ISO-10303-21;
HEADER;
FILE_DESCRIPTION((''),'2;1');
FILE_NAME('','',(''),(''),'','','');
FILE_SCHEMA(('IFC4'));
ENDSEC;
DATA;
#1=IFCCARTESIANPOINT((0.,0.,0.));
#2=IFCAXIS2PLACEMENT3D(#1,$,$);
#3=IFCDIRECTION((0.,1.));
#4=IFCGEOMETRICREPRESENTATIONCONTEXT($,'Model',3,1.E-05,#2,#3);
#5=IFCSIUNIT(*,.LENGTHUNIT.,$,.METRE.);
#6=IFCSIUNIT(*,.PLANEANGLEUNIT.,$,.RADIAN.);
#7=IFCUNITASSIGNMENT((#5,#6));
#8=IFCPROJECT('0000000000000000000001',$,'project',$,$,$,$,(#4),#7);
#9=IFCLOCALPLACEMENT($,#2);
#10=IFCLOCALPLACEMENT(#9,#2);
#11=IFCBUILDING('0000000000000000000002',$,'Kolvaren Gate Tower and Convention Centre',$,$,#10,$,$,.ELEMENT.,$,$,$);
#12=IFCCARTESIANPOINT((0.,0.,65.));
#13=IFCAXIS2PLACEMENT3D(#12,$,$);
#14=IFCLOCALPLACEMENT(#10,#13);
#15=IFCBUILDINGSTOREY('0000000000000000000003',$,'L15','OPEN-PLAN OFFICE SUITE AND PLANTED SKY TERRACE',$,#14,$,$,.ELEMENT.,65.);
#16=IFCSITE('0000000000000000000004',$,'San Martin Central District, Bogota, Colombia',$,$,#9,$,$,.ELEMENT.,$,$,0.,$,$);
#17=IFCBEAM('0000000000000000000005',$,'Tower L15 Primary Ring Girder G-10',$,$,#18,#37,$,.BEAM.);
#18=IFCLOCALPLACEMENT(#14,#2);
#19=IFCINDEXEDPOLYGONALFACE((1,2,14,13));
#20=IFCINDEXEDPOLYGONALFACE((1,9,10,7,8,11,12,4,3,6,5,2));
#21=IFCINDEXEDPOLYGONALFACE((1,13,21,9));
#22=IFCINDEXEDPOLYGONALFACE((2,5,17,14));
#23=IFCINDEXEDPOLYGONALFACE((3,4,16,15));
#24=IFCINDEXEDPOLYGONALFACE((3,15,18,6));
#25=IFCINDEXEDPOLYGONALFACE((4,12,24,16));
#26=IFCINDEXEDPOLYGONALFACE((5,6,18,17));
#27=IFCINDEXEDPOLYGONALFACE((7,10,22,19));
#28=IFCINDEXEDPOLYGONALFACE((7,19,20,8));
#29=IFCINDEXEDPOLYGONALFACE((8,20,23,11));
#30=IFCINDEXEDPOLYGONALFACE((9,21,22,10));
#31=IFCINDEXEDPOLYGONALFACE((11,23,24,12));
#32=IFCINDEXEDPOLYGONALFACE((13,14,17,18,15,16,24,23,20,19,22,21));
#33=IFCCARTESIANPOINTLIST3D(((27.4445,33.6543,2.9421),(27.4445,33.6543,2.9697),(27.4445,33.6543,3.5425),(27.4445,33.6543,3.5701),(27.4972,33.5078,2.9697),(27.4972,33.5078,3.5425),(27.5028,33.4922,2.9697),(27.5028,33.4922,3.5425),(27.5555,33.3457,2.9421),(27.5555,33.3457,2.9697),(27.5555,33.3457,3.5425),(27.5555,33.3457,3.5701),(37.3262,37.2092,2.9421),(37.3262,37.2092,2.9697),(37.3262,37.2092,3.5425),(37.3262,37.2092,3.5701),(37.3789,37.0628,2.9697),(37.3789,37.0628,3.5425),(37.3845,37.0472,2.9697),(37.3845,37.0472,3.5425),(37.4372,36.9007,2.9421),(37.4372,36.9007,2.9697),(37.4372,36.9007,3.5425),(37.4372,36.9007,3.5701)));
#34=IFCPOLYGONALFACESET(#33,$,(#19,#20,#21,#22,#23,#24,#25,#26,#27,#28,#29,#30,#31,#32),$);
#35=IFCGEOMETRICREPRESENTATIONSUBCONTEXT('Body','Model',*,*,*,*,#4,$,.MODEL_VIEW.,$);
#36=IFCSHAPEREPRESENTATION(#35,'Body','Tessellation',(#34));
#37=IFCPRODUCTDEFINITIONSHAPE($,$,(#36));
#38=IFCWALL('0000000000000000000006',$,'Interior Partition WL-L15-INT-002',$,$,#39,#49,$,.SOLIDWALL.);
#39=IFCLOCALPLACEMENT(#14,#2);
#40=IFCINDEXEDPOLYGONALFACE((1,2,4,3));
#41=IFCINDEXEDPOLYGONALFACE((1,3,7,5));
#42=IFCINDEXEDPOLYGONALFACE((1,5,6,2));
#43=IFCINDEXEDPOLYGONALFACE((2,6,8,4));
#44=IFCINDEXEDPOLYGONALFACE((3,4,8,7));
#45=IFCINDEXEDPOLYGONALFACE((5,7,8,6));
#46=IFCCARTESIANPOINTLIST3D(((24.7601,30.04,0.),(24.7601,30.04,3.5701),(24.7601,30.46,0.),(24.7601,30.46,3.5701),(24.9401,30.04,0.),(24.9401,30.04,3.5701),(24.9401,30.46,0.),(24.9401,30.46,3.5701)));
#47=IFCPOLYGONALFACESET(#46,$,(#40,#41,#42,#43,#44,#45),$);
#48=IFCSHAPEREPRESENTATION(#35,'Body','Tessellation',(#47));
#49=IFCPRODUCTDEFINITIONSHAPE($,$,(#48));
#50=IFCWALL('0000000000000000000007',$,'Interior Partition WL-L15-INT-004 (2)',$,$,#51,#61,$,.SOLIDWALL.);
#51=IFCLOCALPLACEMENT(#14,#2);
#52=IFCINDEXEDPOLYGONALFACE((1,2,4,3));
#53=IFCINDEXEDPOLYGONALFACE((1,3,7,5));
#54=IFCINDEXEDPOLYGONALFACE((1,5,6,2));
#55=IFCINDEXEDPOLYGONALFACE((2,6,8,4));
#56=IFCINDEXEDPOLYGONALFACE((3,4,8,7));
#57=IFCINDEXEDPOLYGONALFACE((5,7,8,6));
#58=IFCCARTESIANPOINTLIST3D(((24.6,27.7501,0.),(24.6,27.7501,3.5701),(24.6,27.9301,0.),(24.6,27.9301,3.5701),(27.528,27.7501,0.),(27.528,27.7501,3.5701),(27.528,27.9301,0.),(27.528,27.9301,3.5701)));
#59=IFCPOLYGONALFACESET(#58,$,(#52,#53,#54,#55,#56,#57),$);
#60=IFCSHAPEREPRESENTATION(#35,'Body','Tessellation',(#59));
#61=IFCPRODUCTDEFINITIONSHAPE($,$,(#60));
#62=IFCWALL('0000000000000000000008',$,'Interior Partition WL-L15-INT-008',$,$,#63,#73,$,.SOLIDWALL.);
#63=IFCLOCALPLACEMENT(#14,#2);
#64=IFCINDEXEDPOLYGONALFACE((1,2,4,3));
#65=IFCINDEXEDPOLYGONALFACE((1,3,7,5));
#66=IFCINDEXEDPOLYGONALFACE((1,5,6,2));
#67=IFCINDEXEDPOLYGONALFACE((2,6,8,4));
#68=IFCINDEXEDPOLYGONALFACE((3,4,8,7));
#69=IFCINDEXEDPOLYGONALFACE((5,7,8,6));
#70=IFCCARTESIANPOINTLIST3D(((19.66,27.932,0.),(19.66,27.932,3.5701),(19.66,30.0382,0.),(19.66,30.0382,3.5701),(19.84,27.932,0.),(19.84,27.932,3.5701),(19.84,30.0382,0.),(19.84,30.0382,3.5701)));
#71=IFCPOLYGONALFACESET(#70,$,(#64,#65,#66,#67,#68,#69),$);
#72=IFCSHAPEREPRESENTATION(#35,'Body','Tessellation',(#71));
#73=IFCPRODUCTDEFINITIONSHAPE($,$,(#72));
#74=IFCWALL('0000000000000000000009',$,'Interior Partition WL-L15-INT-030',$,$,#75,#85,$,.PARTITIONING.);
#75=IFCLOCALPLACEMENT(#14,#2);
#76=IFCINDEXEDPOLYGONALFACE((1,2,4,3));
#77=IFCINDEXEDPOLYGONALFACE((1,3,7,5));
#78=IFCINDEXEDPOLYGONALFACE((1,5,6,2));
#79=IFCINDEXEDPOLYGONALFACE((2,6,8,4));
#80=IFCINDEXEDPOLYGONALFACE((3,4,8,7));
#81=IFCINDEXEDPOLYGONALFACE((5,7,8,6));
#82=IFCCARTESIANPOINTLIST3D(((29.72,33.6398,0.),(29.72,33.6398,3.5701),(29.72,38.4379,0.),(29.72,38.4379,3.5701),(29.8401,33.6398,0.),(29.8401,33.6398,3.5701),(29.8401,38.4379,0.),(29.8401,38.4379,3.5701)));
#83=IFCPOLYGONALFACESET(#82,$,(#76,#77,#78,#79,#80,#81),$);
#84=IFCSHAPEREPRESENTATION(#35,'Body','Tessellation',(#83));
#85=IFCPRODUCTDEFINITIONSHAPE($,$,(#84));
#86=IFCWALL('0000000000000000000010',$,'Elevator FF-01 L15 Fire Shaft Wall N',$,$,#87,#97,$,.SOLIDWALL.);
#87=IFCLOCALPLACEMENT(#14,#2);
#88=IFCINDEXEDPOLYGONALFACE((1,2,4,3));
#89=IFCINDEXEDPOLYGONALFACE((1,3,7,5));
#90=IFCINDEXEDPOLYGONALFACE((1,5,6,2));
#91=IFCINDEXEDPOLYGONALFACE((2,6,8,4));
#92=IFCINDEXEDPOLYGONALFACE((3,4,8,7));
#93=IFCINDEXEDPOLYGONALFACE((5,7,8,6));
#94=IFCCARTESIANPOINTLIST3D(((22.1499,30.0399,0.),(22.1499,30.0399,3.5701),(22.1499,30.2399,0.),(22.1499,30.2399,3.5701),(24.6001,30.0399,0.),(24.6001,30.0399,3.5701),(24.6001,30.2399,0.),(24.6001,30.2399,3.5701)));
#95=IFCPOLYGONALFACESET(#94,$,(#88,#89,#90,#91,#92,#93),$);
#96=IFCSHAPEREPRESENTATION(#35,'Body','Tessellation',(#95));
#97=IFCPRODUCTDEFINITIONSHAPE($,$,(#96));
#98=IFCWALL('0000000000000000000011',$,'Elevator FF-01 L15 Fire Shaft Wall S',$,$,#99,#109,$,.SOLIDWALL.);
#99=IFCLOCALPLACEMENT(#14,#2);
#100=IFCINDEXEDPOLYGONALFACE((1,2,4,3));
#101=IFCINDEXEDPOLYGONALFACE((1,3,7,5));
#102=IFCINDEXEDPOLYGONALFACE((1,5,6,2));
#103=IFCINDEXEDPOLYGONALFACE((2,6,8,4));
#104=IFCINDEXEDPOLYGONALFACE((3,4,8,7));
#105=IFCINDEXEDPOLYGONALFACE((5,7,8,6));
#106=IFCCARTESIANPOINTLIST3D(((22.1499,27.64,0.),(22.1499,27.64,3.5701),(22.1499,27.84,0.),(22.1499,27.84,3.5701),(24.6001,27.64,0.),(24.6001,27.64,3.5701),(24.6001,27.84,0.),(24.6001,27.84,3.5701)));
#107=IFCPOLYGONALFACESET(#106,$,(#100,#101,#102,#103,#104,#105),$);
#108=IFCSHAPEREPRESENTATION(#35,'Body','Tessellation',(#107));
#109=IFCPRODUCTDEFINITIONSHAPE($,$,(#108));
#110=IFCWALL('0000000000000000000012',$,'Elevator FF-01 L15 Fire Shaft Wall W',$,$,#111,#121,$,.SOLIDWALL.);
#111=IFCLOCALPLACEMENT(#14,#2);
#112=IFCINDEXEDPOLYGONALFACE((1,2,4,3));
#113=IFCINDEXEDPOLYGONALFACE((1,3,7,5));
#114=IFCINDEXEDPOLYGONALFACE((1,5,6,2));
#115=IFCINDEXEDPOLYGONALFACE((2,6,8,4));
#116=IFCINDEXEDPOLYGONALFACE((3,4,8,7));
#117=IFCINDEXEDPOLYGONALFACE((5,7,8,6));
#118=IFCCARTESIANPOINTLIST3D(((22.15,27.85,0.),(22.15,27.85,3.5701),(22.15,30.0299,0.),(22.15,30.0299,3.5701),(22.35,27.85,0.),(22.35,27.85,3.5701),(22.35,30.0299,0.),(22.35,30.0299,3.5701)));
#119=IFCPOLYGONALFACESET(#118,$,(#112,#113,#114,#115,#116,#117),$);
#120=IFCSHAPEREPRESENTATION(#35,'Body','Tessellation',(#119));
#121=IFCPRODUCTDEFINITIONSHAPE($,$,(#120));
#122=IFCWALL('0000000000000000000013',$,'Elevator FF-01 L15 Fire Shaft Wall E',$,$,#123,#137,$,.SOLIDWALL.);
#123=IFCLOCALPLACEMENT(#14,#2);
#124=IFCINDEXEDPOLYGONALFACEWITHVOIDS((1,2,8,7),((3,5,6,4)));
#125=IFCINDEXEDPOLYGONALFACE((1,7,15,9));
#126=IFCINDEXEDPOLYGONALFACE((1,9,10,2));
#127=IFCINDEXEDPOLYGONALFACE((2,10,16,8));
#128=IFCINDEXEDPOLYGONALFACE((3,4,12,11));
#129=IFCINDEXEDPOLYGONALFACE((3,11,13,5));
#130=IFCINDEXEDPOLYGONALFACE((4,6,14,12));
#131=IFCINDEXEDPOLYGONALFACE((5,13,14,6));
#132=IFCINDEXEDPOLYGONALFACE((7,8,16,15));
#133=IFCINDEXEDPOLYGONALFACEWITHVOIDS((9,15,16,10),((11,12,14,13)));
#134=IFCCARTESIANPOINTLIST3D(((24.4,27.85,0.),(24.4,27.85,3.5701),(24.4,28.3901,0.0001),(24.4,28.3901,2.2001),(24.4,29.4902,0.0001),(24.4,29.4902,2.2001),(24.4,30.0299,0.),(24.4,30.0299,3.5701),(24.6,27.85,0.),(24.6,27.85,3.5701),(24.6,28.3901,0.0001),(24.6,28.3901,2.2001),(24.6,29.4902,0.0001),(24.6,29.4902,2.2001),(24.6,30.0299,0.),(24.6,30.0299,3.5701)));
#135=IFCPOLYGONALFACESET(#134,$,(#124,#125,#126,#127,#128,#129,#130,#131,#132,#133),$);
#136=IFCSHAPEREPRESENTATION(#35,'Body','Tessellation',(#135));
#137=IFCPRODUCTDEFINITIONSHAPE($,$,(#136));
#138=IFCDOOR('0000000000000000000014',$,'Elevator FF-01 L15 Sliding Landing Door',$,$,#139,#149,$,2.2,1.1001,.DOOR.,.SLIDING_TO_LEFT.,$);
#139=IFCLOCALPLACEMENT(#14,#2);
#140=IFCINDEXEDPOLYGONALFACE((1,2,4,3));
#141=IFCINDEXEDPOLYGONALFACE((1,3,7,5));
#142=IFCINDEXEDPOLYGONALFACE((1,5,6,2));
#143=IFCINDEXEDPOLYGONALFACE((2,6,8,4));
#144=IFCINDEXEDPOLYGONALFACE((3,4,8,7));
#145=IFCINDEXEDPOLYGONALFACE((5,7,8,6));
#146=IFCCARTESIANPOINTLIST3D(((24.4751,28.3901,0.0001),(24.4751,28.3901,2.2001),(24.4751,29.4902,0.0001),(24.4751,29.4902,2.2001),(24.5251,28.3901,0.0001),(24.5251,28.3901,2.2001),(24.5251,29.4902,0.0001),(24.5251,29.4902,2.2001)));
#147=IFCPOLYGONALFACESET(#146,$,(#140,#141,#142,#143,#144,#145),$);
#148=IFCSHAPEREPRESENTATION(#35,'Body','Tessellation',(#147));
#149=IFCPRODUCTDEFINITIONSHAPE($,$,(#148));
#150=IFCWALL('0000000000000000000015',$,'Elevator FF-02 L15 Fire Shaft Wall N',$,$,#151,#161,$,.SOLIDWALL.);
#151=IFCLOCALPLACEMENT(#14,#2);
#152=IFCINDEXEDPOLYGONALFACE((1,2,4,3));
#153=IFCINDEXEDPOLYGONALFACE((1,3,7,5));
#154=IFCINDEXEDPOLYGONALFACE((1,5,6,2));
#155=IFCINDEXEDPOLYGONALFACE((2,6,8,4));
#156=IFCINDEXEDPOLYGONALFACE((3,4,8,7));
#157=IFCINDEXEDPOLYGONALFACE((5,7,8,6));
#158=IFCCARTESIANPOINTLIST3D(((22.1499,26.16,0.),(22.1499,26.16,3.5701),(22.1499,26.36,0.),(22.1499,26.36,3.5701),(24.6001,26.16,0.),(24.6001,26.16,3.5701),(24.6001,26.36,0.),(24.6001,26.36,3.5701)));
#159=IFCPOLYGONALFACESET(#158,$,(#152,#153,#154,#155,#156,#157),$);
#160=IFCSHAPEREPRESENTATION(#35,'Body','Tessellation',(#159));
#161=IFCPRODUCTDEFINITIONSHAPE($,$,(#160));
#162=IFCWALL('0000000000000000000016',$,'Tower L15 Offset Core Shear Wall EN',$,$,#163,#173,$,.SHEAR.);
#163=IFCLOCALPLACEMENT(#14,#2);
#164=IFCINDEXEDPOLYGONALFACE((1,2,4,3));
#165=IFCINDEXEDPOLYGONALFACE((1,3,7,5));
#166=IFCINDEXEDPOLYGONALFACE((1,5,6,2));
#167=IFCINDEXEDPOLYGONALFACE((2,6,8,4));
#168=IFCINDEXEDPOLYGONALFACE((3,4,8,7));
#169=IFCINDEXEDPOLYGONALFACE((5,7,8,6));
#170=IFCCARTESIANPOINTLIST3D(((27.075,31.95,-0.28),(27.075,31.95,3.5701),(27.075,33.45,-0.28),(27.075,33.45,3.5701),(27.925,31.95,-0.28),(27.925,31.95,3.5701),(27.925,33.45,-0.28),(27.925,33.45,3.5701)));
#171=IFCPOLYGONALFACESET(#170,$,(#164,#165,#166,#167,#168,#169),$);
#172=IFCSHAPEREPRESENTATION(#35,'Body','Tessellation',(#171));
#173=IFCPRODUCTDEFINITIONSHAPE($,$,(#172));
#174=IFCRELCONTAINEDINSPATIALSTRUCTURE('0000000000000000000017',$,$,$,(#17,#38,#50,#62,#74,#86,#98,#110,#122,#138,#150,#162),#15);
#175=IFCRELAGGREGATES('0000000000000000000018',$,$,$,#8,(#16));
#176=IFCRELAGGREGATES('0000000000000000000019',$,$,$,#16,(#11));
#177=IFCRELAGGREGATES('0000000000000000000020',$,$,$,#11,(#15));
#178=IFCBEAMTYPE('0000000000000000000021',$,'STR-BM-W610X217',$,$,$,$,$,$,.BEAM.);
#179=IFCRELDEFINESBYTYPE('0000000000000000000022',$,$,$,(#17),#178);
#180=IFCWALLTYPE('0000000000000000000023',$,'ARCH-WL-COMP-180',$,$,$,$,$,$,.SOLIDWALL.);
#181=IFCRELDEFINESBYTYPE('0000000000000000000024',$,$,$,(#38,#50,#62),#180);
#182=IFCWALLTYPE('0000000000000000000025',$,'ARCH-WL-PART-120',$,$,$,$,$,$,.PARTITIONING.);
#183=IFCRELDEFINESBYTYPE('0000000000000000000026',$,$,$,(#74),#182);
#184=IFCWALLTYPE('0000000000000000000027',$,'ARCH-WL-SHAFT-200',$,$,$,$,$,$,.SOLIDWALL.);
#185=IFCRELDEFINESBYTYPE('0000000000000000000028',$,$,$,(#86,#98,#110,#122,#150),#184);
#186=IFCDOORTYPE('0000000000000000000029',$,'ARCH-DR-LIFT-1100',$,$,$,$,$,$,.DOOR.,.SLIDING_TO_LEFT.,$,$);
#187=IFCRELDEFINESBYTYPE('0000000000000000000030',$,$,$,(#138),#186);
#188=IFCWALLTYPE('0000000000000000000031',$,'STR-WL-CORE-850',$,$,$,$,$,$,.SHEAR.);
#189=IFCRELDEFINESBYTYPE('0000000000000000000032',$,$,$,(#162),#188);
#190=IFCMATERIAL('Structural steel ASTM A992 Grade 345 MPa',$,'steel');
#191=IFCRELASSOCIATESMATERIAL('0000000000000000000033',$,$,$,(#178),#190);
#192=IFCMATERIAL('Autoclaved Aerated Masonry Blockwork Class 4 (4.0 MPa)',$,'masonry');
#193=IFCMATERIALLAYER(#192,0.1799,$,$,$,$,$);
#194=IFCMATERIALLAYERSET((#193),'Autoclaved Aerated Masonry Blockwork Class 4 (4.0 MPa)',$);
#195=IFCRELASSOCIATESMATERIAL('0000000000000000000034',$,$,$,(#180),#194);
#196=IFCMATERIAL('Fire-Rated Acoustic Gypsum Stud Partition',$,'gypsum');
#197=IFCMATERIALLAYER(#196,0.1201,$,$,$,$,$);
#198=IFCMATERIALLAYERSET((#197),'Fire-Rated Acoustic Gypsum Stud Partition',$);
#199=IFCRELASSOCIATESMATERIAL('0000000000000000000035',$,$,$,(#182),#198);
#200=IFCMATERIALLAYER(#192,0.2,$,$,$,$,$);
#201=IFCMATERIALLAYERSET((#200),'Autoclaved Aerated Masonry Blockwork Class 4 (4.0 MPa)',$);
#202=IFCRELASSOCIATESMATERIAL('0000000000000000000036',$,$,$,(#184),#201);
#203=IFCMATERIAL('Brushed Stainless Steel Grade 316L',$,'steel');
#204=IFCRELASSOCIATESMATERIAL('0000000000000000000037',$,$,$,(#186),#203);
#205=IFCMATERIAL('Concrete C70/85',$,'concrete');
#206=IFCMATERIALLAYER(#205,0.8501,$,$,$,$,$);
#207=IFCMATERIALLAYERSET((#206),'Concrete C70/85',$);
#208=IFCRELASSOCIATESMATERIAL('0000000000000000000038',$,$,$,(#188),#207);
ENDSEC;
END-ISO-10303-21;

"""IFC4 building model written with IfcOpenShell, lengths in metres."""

from ifc_helpers import new_model, si_unit, direction, frame, frame_2d, origin, origin_2d, place, context, subcontext, project, spatial, rectangle, i_section, extrude, material, layer, layer_set, material_profile, profile_set, type_object, element, fill, save


model = new_model("IFC4")

# Units and contexts
model_context = context("Model", 3, precision=1e-05, world=origin(), true_north=direction((0.0, 1.0)))
body_context = subcontext(model_context, "Body", "Model", "MODEL_VIEW")
ifc_project = project(units=[si_unit("LENGTHUNIT", "METRE"), si_unit("PLANEANGLEUNIT", "RADIAN")], contexts=[model_context])

# Site, building, storey
site_placement = place(None, origin())
site = spatial("IfcSite", under=ifc_project, at=site_placement, Name="San Martin Central District, Bogota, Colombia", CompositionType="ELEMENT", RefElevation=0.0)
building_placement = place(site_placement, origin())
building = spatial("IfcBuilding", under=site, at=building_placement, Name="Kolvaren Gate Tower and Convention Centre", CompositionType="ELEMENT")
storey_placement = place(building_placement, frame((0.0, 0.0, 65.0)))
storey = spatial("IfcBuildingStorey", under=building, at=storey_placement, Name="L15", Description="OPEN-PLAN OFFICE SUITE AND PLANTED SKY TERRACE", CompositionType="ELEMENT", Elevation=65.0)

# Beam
ifc_material_1 = material(Name="Structural steel ASTM A992 Grade 345 MPa", Category="steel")
ifc_material_profile = material_profile(ifc_material_1, i_section(OverallWidth=0.3279, OverallDepth=0.6279, WebThickness=0.0166, FlangeThickness=0.0276, at=origin_2d()), Name="W610X217")
ifc_profile_set = profile_set([ifc_material_profile], Name="Structural steel ASTM A992 Grade 345 MPa")
beam_type = type_object("IfcBeamType", Name="STR-BM-W610X217", PredefinedType="BEAM", material=ifc_profile_set)
beam_placement = place(storey_placement, frame((27.5, 33.5, 3.2561), z_axis=(0.940961, 0.338514, 0.0), x_axis=(-0.338514, 0.940961, 0.0)))
element("IfcBeam", 1, at=beam_placement, inside=storey, type_object=beam_type, Name="Tower L15 Primary Ring Girder G-10", PredefinedType="BEAM", context=body_context, shape_type="SweptSolid", body=[
    extrude(i_section(OverallWidth=0.3279, OverallDepth=0.6279, WebThickness=0.0166, FlangeThickness=0.0276, at=origin_2d()), origin(), (0.0, 0.0, 1.0), 10.5017),
])

# Walls
ifc_material_2 = material(Name="Autoclaved Aerated Masonry Blockwork Class 4 (4.0 MPa)", Category="masonry")
ifc_layer_1 = layer(ifc_material_2, 0.1799)
ifc_layer_set_1 = layer_set([ifc_layer_1], Name="Autoclaved Aerated Masonry Blockwork Class 4 (4.0 MPa)")
wall_type_1 = type_object("IfcWallType", Name="ARCH-WL-COMP-180", PredefinedType="SOLIDWALL", material=ifc_layer_set_1)
wall_1_placement = place(storey_placement, frame((24.8501, 30.04, 0.0), z_axis=(0.0, 0.0, 1.0), x_axis=(0.0, 1.0, 0.0)))
element("IfcWall", 2, at=wall_1_placement, inside=storey, type_object=wall_type_1, Name="Interior Partition WL-L15-INT-002", PredefinedType="SOLIDWALL", context=body_context, shape_type="SweptSolid", body=[
    extrude(rectangle(XDim=0.4199, YDim=0.1799, at=frame_2d((0.21, 0.0))), origin(), (0.0, 0.0, 1.0), 3.5701),
])
wall_2_placement = place(storey_placement, frame((24.6001, 27.8401, 0.0), z_axis=(0.0, 0.0, 1.0), x_axis=(1.0, 0.0, 0.0)))
element("IfcWall", 3, at=wall_2_placement, inside=storey, type_object=wall_type_1, Name="Interior Partition WL-L15-INT-004 (2)", PredefinedType="SOLIDWALL", context=body_context, shape_type="SweptSolid", body=[
    extrude(rectangle(XDim=2.928, YDim=0.1799, at=frame_2d((1.4639, 0.0))), origin(), (0.0, 0.0, 1.0), 3.5701),
])
wall_3_placement = place(storey_placement, frame((19.75, 27.9319, 0.0), z_axis=(0.0, 0.0, 1.0), x_axis=(0.0, 1.0, 0.0)))
element("IfcWall", 4, at=wall_3_placement, inside=storey, type_object=wall_type_1, Name="Interior Partition WL-L15-INT-008", PredefinedType="SOLIDWALL", context=body_context, shape_type="SweptSolid", body=[
    extrude(rectangle(XDim=2.1062, YDim=0.1799, at=frame_2d((1.0532, 0.0))), origin(), (0.0, 0.0, 1.0), 3.5701),
])
ifc_material_3 = material(Name="Fire-Rated Acoustic Gypsum Stud Partition", Category="gypsum")
ifc_layer_2 = layer(ifc_material_3, 0.1201)
ifc_layer_set_2 = layer_set([ifc_layer_2], Name="Fire-Rated Acoustic Gypsum Stud Partition")
wall_type_2 = type_object("IfcWallType", Name="ARCH-WL-PART-120", PredefinedType="PARTITIONING", material=ifc_layer_set_2)
wall_4_placement = place(storey_placement, frame((29.78, 33.6399, 0.0), z_axis=(0.0, 0.0, 1.0), x_axis=(0.0, 1.0, 0.0)))
element("IfcWall", 5, at=wall_4_placement, inside=storey, type_object=wall_type_2, Name="Interior Partition WL-L15-INT-030", PredefinedType="PARTITIONING", context=body_context, shape_type="SweptSolid", body=[
    extrude(rectangle(XDim=4.7981, YDim=0.1201, at=frame_2d((2.3989, 0.0))), origin(), (0.0, 0.0, 1.0), 3.5701),
])
ifc_layer_3 = layer(ifc_material_2, 0.2)
ifc_layer_set_3 = layer_set([ifc_layer_3], Name="Autoclaved Aerated Masonry Blockwork Class 4 (4.0 MPa)")
wall_type_3 = type_object("IfcWallType", Name="ARCH-WL-SHAFT-200", PredefinedType="SOLIDWALL", material=ifc_layer_set_3)
for number, where, z_axis, x_axis, name in (
    (6, (22.1499, 30.1399, 0.0), (0.0, 0.0, 1.0), (1.0, 0.0, 0.0), "Elevator FF-01 L15 Fire Shaft Wall N"),
    (7, (22.1499, 27.74, 0.0), (0.0, 0.0, 1.0), (1.0, 0.0, 0.0), "Elevator FF-01 L15 Fire Shaft Wall S"),
):
    element("IfcWall", number, at=place(storey_placement, frame(where, z_axis=z_axis, x_axis=x_axis)), inside=storey, type_object=wall_type_3, Name=name, PredefinedType="SOLIDWALL", context=body_context, shape_type="SweptSolid", body=[
        extrude(rectangle(XDim=2.4502, YDim=0.2, at=frame_2d((1.2251, 0.0))), origin(), (0.0, 0.0, 1.0), 3.5701),
    ])
wall_5_placement = place(storey_placement, frame((22.25, 27.8501, 0.0), z_axis=(0.0, 0.0, 1.0), x_axis=(0.0, 1.0, 0.0)))
element("IfcWall", 8, at=wall_5_placement, inside=storey, type_object=wall_type_3, Name="Elevator FF-01 L15 Fire Shaft Wall W", PredefinedType="SOLIDWALL", context=body_context, shape_type="SweptSolid", body=[
    extrude(rectangle(XDim=2.1799, YDim=0.2, at=frame_2d((1.0898, 0.0))), origin(), (0.0, 0.0, 1.0), 3.5701),
])

# Wall, opening, door
wall_6_placement = place(storey_placement, frame((24.5, 27.8501, 0.0), z_axis=(0.0, 0.0, 1.0), x_axis=(0.0, 1.0, 0.0)))
wall_6 = element("IfcWall", 9, at=wall_6_placement, inside=storey, type_object=wall_type_3, Name="Elevator FF-01 L15 Fire Shaft Wall E", PredefinedType="SOLIDWALL", context=body_context, shape_type="SweptSolid", body=[
    extrude(rectangle(XDim=2.1799, YDim=0.2, at=frame_2d((1.0898, 0.0))), origin(), (0.0, 0.0, 1.0), 3.5701),
])
opening_1_placement = place(wall_6_placement, frame((0.54, 0.0, 0.0)))
opening_1 = element("IfcOpeningElement", 10, at=opening_1_placement, cuts=wall_6, PredefinedType="OPENING", context=body_context, shape_type="SweptSolid", body=[
    extrude(rectangle(XDim=1.1001, YDim=2.2, at=frame_2d((0.55, 1.1001))), frame((0.0, 0.1099, 0.0), z_axis=(0.0, -1.0, 0.0), x_axis=(1.0, 0.0, 0.0)), (0.0, 0.0, 1.0), 0.22),
])
ifc_material_4 = material(Name="Brushed Stainless Steel Grade 316L", Category="steel")
door_type_1 = type_object("IfcDoorType", Name="ARCH-DR-LIFT-1100", OperationType="SLIDING_TO_LEFT", PredefinedType="DOOR", material=ifc_material_4)
door_1_placement = place(opening_1_placement, origin())
door_1 = element("IfcDoor", 11, at=door_1_placement, inside=storey, type_object=door_type_1, Name="Elevator FF-01 L15 Sliding Landing Door", OperationType="SLIDING_TO_LEFT", OverallHeight=2.2, OverallWidth=1.1001, PredefinedType="DOOR", context=body_context, shape_type="SweptSolid", body=[
    extrude(rectangle(XDim=1.1001, YDim=2.2, at=frame_2d((0.55, 1.1001))), frame((0.0, 0.0249, 0.0), z_axis=(0.0, -1.0, 0.0), x_axis=(1.0, 0.0, 0.0)), (0.0, 0.0, 1.0), 0.05),
])
fill(opening_1, door_1)

# Walls
wall_7_placement = place(storey_placement, frame((22.1499, 26.26, 0.0), z_axis=(0.0, 0.0, 1.0), x_axis=(1.0, 0.0, 0.0)))
element("IfcWall", 12, at=wall_7_placement, inside=storey, type_object=wall_type_3, Name="Elevator FF-02 L15 Fire Shaft Wall N", PredefinedType="SOLIDWALL", context=body_context, shape_type="SweptSolid", body=[
    extrude(rectangle(XDim=2.4502, YDim=0.2, at=frame_2d((1.2251, 0.0))), origin(), (0.0, 0.0, 1.0), 3.5701),
])
ifc_material_5 = material(Name="Concrete C70/85", Category="concrete")
ifc_layer_4 = layer(ifc_material_5, 0.8501)
ifc_layer_set_4 = layer_set([ifc_layer_4], Name="Concrete C70/85")
wall_type_4 = type_object("IfcWallType", Name="STR-WL-CORE-850", PredefinedType="SHEAR", material=ifc_layer_set_4)
wall_8_placement = place(storey_placement, frame((27.5, 31.95, -0.28), z_axis=(0.0, 0.0, 1.0), x_axis=(0.0, 1.0, 0.0)))
element("IfcWall", 13, at=wall_8_placement, inside=storey, type_object=wall_type_4, Name="Tower L15 Offset Core Shear Wall EN", PredefinedType="SHEAR", context=body_context, shape_type="SweptSolid", body=[
    extrude(rectangle(XDim=1.5, YDim=0.8501, at=frame_2d((0.75, 0.0))), origin(), (0.0, 0.0, 1.0), 3.8501),
])

save(model, "model.ifc")
